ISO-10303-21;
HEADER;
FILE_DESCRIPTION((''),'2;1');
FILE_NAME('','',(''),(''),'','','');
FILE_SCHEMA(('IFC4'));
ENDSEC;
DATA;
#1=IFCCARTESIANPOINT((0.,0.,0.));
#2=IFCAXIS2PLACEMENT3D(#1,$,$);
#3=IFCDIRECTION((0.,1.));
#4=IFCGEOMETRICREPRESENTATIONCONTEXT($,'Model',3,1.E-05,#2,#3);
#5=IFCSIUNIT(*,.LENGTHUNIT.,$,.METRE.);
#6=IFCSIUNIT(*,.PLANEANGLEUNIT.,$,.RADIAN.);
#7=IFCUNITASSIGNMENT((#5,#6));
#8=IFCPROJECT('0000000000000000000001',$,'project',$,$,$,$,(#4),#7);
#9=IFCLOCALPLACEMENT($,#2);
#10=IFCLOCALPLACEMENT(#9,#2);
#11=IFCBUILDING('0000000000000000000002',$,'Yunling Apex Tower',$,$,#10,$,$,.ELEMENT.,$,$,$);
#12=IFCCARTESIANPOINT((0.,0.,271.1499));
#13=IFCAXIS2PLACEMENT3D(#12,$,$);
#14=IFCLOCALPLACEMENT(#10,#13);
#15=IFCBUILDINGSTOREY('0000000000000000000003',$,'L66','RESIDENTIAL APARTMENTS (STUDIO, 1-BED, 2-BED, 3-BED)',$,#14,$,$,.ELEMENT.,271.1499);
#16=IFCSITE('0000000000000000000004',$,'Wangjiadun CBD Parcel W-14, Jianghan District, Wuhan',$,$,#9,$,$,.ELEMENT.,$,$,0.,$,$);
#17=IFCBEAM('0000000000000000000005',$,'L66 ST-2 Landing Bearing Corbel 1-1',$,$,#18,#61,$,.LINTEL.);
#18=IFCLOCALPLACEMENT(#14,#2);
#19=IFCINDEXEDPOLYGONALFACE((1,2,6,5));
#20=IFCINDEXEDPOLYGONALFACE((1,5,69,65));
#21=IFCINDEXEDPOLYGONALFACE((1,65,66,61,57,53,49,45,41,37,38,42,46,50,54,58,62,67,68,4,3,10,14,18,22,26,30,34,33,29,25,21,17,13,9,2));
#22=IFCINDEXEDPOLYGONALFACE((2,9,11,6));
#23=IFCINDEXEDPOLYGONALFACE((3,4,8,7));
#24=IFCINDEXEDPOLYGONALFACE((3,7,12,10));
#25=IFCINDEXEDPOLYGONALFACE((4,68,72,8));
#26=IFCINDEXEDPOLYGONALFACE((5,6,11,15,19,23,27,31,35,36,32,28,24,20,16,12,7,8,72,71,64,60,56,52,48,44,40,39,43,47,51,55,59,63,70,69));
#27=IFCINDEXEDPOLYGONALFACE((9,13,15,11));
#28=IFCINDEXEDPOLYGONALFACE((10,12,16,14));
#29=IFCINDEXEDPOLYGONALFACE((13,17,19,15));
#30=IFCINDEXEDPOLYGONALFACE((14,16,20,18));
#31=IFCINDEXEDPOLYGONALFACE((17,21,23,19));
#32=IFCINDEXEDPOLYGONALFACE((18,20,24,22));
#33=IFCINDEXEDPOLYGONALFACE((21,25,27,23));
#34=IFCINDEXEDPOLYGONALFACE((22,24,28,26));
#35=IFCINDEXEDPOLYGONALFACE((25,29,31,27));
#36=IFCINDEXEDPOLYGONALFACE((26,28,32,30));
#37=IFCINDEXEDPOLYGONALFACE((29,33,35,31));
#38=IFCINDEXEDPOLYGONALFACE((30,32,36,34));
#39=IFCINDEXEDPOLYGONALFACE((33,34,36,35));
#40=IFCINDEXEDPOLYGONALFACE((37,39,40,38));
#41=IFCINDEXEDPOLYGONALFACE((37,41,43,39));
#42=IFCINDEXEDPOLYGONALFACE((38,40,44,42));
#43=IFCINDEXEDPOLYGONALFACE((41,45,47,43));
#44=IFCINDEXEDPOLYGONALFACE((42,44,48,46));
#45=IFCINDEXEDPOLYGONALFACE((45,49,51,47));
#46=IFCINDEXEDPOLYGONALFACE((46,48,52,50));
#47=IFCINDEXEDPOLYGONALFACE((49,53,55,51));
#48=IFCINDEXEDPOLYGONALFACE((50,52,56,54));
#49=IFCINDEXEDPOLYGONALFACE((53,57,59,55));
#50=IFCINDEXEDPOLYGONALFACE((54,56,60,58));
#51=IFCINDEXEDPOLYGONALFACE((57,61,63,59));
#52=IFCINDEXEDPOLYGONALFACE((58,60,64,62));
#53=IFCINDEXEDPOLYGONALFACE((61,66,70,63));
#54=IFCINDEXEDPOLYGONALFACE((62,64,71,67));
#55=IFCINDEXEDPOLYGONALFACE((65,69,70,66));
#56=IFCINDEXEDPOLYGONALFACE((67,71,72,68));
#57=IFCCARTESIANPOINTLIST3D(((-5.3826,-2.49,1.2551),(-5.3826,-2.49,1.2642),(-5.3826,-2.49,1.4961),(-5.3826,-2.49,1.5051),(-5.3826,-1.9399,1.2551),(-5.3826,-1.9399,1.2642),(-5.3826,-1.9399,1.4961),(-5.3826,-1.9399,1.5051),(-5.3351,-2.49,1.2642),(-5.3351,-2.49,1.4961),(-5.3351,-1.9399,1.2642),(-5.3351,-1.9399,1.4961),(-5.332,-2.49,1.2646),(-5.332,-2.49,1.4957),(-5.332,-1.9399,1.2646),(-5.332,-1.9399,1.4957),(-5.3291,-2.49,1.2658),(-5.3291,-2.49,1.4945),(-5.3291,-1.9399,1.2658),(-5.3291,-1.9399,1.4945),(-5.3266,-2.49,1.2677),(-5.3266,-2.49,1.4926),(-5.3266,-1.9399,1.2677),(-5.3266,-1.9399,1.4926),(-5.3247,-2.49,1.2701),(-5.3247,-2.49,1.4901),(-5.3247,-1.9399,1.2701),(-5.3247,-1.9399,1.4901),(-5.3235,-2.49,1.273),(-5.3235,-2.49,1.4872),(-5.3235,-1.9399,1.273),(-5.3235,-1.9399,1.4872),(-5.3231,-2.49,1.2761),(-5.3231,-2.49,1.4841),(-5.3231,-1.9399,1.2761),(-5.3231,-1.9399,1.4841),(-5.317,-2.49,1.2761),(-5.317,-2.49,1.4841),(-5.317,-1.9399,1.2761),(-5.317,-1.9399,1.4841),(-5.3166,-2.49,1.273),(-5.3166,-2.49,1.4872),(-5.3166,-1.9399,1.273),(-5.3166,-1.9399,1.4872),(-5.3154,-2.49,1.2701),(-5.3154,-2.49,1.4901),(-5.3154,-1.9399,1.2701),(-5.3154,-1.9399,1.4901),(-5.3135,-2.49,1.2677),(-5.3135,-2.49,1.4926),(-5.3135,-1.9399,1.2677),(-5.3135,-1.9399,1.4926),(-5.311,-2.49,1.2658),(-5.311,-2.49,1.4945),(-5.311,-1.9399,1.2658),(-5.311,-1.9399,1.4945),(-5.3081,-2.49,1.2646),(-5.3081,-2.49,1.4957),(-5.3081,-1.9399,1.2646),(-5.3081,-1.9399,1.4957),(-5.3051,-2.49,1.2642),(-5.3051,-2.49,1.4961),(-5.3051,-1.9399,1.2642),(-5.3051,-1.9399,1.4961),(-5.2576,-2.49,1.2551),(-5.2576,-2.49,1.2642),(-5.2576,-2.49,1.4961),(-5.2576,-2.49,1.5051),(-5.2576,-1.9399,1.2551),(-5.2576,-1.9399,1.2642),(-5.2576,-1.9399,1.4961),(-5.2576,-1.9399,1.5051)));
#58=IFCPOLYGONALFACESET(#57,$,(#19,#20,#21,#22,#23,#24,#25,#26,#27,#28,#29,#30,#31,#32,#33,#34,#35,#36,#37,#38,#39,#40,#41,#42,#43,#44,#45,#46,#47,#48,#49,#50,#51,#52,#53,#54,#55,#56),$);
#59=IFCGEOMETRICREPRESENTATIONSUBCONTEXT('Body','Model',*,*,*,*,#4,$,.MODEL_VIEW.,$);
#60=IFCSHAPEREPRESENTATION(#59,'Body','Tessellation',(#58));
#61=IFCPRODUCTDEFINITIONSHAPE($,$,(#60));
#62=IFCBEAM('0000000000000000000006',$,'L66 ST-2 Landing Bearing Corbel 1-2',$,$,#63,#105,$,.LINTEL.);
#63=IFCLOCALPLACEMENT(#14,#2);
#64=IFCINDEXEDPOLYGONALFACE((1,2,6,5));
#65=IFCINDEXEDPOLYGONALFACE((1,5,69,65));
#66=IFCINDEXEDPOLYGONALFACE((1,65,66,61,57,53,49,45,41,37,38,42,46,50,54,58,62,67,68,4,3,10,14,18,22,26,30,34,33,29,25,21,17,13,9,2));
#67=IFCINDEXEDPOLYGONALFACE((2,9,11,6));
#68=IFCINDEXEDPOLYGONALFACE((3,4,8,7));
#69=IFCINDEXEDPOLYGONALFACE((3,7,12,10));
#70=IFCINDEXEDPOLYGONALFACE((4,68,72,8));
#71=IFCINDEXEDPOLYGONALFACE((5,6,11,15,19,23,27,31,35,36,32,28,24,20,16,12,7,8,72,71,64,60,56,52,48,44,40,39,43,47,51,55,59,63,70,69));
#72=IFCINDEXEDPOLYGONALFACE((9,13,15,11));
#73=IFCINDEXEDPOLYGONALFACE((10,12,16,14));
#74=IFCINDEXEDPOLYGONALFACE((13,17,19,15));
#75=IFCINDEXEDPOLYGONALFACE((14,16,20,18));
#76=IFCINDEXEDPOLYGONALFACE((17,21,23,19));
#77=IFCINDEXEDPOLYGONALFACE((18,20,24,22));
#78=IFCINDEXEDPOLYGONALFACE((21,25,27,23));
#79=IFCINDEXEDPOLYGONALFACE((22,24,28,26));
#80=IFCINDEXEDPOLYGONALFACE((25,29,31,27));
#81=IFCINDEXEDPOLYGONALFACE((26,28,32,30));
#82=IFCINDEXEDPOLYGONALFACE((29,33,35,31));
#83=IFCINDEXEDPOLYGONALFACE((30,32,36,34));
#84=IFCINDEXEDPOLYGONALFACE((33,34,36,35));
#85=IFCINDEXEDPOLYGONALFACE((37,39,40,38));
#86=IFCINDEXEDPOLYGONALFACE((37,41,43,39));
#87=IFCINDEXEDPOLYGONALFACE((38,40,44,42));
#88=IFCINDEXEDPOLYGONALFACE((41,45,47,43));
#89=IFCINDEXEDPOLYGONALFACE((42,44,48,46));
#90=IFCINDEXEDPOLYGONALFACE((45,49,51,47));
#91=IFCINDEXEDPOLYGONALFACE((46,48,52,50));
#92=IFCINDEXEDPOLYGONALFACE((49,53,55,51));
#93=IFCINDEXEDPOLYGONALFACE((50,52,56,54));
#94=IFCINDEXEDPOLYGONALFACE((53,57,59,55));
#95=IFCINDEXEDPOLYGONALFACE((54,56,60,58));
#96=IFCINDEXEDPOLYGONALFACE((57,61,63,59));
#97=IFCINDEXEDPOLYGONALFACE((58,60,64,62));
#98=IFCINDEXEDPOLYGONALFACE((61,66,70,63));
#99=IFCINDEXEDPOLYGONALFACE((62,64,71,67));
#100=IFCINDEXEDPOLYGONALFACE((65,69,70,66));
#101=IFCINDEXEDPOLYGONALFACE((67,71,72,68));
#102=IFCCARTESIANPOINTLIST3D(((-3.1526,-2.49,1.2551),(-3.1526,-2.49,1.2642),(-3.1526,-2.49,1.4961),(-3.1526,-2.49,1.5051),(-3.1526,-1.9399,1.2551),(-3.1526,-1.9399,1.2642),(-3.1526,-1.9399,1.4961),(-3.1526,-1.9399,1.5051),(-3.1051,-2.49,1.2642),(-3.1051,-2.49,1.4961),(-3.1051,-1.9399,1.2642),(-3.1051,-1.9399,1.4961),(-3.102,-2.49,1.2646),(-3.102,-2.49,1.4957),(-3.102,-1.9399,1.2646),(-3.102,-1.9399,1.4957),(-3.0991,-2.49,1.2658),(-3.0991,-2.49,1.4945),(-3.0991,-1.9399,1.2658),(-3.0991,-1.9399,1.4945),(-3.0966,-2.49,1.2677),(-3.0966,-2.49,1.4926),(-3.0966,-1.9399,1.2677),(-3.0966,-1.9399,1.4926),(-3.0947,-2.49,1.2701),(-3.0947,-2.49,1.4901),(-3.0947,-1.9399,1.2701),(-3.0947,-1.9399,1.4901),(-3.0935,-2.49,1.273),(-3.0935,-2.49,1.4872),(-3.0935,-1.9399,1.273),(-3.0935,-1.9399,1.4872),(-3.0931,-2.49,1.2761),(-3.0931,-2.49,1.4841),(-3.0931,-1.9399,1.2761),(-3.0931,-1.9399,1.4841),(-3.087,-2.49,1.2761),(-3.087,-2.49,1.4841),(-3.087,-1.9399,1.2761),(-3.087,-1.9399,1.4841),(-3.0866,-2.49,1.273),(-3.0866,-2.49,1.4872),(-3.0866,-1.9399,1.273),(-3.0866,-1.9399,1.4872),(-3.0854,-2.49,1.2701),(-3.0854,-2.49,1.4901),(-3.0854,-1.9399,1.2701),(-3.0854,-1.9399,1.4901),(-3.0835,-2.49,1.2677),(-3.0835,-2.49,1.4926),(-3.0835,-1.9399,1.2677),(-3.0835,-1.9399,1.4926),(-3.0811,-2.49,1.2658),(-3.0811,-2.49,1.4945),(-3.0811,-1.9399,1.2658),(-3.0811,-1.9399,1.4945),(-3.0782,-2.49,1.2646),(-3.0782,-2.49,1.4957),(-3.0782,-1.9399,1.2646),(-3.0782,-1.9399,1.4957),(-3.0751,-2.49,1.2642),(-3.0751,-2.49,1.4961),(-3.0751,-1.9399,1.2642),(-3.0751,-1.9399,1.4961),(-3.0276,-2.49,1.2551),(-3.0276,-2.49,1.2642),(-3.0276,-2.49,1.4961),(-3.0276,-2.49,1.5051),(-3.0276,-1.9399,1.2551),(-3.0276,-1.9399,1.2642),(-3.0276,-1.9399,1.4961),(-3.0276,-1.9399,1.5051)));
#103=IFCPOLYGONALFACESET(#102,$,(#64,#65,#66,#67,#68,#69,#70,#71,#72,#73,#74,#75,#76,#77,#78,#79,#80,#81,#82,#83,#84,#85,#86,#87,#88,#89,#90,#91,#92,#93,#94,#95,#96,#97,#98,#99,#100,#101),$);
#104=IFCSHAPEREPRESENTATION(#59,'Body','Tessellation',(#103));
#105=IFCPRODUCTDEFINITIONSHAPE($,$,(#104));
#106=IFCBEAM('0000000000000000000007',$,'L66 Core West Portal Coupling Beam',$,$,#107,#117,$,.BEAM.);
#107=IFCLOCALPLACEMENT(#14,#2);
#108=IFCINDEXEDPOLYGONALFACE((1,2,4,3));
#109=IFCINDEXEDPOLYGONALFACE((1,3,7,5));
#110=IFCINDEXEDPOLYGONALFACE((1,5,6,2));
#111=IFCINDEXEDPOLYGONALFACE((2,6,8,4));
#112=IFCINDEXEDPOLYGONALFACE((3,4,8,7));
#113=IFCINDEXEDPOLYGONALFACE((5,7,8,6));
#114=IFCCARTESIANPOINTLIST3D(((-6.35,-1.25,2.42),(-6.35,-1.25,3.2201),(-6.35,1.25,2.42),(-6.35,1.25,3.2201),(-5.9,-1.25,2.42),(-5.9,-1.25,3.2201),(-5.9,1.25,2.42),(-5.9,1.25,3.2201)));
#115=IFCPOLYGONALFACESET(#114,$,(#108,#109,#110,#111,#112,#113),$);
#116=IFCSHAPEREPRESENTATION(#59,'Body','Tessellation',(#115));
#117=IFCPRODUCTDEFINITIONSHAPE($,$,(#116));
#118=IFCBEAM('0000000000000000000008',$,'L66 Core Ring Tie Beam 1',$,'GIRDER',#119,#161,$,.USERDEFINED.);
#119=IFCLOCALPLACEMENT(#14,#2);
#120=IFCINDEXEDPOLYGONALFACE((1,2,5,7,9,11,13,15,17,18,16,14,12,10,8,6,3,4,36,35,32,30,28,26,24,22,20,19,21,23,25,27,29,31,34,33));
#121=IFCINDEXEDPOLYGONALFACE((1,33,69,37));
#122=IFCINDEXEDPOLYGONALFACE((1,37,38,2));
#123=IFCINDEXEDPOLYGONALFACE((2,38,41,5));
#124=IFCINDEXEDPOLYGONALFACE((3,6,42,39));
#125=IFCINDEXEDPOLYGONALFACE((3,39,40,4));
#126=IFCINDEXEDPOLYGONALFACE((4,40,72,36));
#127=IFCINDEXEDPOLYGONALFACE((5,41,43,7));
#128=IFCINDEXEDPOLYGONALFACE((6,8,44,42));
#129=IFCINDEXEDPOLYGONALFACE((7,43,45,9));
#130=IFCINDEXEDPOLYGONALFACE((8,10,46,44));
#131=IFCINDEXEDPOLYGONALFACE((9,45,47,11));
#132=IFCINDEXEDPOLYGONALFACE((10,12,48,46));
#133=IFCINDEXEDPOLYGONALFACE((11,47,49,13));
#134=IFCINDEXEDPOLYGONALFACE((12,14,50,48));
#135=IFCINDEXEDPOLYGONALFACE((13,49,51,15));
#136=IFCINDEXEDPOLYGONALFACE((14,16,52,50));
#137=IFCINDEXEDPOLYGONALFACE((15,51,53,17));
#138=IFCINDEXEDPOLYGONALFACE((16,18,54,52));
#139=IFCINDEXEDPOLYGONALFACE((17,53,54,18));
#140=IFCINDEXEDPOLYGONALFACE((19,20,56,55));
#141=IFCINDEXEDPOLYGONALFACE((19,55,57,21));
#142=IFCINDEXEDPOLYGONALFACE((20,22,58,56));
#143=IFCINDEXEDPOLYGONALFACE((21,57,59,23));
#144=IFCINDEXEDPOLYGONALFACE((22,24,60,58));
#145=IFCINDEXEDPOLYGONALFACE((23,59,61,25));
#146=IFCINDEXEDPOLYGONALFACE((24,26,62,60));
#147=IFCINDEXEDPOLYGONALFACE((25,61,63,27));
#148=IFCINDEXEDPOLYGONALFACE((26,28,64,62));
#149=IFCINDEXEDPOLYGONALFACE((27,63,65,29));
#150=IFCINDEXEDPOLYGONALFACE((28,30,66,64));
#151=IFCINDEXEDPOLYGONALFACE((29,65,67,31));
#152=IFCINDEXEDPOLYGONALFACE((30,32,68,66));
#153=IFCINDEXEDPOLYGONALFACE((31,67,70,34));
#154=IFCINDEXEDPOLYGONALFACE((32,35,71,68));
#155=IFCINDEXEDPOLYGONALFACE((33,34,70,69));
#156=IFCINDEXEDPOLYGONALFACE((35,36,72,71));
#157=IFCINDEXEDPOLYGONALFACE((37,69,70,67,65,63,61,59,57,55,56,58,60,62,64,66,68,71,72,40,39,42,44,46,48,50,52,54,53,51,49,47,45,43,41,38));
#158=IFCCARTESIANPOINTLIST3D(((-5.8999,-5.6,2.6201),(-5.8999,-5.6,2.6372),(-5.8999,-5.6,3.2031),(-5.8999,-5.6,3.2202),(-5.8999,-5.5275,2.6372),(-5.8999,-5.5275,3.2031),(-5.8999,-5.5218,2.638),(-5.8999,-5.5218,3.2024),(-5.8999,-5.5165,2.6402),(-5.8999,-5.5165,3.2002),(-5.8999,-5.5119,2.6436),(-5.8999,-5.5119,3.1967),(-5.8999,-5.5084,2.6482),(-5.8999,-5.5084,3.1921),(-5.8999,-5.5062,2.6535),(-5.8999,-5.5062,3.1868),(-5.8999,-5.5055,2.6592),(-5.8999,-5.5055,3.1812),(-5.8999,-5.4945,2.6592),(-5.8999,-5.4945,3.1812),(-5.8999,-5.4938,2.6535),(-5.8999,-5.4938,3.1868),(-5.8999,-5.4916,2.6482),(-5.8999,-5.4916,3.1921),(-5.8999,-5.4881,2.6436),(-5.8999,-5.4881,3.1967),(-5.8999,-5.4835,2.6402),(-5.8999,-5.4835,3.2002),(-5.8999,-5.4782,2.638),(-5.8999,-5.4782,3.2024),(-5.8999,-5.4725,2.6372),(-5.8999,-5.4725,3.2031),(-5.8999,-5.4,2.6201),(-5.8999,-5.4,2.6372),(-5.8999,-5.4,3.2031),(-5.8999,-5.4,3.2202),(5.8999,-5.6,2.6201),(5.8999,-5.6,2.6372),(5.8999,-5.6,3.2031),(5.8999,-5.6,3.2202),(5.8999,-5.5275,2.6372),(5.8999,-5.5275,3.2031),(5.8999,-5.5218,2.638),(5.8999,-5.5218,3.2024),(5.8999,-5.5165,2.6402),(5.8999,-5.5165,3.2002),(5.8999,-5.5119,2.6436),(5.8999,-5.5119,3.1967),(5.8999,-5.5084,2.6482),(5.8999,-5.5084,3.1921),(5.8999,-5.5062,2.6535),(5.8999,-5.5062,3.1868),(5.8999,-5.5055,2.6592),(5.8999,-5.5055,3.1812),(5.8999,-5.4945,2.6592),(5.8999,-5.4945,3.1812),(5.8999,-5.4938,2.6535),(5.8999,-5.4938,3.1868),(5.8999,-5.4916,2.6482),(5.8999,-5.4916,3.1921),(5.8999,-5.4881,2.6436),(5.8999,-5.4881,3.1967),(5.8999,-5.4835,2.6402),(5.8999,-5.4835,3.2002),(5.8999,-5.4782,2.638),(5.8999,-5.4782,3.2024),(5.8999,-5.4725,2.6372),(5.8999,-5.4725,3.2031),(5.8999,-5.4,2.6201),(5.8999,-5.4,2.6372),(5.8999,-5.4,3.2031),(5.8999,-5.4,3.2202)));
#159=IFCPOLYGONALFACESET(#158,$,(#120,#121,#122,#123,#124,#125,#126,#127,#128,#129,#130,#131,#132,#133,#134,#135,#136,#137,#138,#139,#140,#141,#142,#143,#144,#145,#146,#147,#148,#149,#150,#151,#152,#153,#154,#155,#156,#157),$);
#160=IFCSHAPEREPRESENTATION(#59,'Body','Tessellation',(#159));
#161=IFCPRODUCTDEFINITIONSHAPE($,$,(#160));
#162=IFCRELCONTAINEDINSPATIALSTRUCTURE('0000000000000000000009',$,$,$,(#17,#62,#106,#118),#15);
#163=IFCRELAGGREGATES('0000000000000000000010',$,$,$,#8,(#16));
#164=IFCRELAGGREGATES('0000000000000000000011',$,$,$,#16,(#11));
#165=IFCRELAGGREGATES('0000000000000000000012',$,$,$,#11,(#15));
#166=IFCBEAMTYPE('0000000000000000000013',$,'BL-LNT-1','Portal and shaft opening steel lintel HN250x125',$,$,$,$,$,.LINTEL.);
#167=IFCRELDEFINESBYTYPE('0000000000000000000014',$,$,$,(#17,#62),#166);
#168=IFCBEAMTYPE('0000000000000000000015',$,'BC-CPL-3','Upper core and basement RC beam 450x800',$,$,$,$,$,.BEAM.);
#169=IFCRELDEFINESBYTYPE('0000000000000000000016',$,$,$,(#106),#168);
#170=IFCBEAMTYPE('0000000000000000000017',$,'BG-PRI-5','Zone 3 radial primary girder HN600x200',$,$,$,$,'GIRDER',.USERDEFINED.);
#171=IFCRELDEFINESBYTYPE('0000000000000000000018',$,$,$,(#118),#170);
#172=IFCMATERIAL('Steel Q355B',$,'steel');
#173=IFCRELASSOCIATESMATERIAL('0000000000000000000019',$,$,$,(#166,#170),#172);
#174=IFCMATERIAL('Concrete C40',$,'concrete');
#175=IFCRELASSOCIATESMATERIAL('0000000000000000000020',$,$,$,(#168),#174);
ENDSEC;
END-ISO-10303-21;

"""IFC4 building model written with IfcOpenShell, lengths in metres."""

from ifc_helpers import new_model, si_unit, direction, frame, origin, origin_2d, place, context, subcontext, project, spatial, rectangle, i_section, extrude, source, transform, mapped, material, material_profile, profile_set, type_object, element, save


model = new_model("IFC4")

# Units and contexts
model_context = context("Model", 3, precision=1e-05, world=origin(), true_north=direction((0.0, 1.0)))
body_context = subcontext(model_context, "Body", "Model", "MODEL_VIEW")
ifc_project = project(units=[si_unit("LENGTHUNIT", "METRE"), si_unit("PLANEANGLEUNIT", "RADIAN")], contexts=[model_context])

# Site, building, storey
site_placement = place(None, origin())
site = spatial("IfcSite", under=ifc_project, at=site_placement, Name="Wangjiadun CBD Parcel W-14, Jianghan District, Wuhan", CompositionType="ELEMENT", RefElevation=0.0)
building_placement = place(site_placement, origin())
building = spatial("IfcBuilding", under=site, at=building_placement, Name="Yunling Apex Tower", CompositionType="ELEMENT")
storey_placement = place(building_placement, frame((0.0, 0.0, 271.1499)))
storey = spatial("IfcBuildingStorey", under=building, at=storey_placement, Name="L66", Description="RESIDENTIAL APARTMENTS (STUDIO, 1-BED, 2-BED, 3-BED)", CompositionType="ELEMENT", Elevation=271.1499)

# Shared definitions
ifc_material_1 = material(Name="Steel Q355B", Category="steel")

# Beams
ifc_material_profile_1 = material_profile(ifc_material_1, i_section(OverallWidth=0.125, OverallDepth=0.25, WebThickness=0.0061, FlangeThickness=0.009, FilletRadius=0.012, at=origin_2d()))
ifc_profile_set_1 = profile_set([ifc_material_profile_1], Name="Steel Q355B")
beam_type_1 = type_object("IfcBeamType", Name="BL-LNT-1", Description="Portal and shaft opening steel lintel HN250x125", PredefinedType="LINTEL", material=ifc_profile_set_1)
shared_shape_1 = source(origin(), body_context, "Body", "SweptSolid", [
    extrude(i_section(OverallWidth=0.125, OverallDepth=0.25, WebThickness=0.0061, FlangeThickness=0.009, FilletRadius=0.012, at=origin_2d()), origin(), (0.0, 0.0, 1.0), 0.55),
])
for number, where, z_axis, x_axis, name in (
    (1, (-5.3201, -1.9399, 1.3801), (0.0, -1.0, 0.0), (1.0, 0.0, 0.0), "L66 ST-2 Landing Bearing Corbel 1-1"),
    (2, (-3.0901, -1.9399, 1.3801), (0.0, -1.0, 0.0), (1.0, 0.0, 0.0), "L66 ST-2 Landing Bearing Corbel 1-2"),
):
    element("IfcBeam", number, at=place(storey_placement, frame(where, z_axis=z_axis, x_axis=x_axis)), inside=storey, type_object=beam_type_1, Name=name, PredefinedType="LINTEL", context=body_context, shape_type="MappedRepresentation", body=[
        mapped(shared_shape_1, transform((0.0, 0.0, 0.0), scale=1.0)),
    ])
ifc_material_2 = material(Name="Concrete C40", Category="concrete")
ifc_material_profile_2 = material_profile(ifc_material_2, rectangle(XDim=0.45, YDim=0.8, at=origin_2d()))
ifc_profile_set_2 = profile_set([ifc_material_profile_2], Name="Concrete C40")
beam_type_2 = type_object("IfcBeamType", Name="BC-CPL-3", Description="Upper core and basement RC beam 450x800", PredefinedType="BEAM", material=ifc_profile_set_2)
shared_shape_2 = source(origin(), body_context, "Body", "SweptSolid", [
    extrude(rectangle(XDim=0.45, YDim=0.8, at=origin_2d()), origin(), (0.0, 0.0, 1.0), 2.5),
])
beam_1_placement = place(storey_placement, frame((-6.125, -1.25, 2.8201), z_axis=(0.0, 1.0, 0.0), x_axis=(-1.0, 0.0, 0.0)))
element("IfcBeam", 3, at=beam_1_placement, inside=storey, type_object=beam_type_2, Name="L66 Core West Portal Coupling Beam", PredefinedType="BEAM", context=body_context, shape_type="MappedRepresentation", body=[
    mapped(shared_shape_2, transform((0.0, 0.0, 0.0), scale=1.0)),
])
ifc_material_profile_3 = material_profile(ifc_material_1, i_section(OverallWidth=0.2, OverallDepth=0.6001, WebThickness=0.011, FlangeThickness=0.0171, FilletRadius=0.022, at=origin_2d()))
ifc_profile_set_3 = profile_set([ifc_material_profile_3], Name="Steel Q355B")
beam_type_3 = type_object("IfcBeamType", Name="BG-PRI-5", Description="Zone 3 radial primary girder HN600x200", ElementType="GIRDER", PredefinedType="USERDEFINED", material=ifc_profile_set_3)
shared_shape_3 = source(origin(), body_context, "Body", "SweptSolid", [
    extrude(i_section(OverallWidth=0.2, OverallDepth=0.6001, WebThickness=0.011, FlangeThickness=0.0171, FilletRadius=0.022, at=origin_2d()), origin(), (0.0, 0.0, 1.0), 11.7998),
])
beam_2_placement = place(storey_placement, frame((-5.8999, -5.5, 2.9202), z_axis=(1.0, 0.0, 0.0), x_axis=(0.0, 1.0, 0.0)))
element("IfcBeam", 4, at=beam_2_placement, inside=storey, type_object=beam_type_3, Name="L66 Core Ring Tie Beam 1", ObjectType="GIRDER", PredefinedType="USERDEFINED", context=body_context, shape_type="MappedRepresentation", body=[
    mapped(shared_shape_3, transform((0.0, 0.0, 0.0), scale=1.0)),
])

save(model, "model.ifc")
